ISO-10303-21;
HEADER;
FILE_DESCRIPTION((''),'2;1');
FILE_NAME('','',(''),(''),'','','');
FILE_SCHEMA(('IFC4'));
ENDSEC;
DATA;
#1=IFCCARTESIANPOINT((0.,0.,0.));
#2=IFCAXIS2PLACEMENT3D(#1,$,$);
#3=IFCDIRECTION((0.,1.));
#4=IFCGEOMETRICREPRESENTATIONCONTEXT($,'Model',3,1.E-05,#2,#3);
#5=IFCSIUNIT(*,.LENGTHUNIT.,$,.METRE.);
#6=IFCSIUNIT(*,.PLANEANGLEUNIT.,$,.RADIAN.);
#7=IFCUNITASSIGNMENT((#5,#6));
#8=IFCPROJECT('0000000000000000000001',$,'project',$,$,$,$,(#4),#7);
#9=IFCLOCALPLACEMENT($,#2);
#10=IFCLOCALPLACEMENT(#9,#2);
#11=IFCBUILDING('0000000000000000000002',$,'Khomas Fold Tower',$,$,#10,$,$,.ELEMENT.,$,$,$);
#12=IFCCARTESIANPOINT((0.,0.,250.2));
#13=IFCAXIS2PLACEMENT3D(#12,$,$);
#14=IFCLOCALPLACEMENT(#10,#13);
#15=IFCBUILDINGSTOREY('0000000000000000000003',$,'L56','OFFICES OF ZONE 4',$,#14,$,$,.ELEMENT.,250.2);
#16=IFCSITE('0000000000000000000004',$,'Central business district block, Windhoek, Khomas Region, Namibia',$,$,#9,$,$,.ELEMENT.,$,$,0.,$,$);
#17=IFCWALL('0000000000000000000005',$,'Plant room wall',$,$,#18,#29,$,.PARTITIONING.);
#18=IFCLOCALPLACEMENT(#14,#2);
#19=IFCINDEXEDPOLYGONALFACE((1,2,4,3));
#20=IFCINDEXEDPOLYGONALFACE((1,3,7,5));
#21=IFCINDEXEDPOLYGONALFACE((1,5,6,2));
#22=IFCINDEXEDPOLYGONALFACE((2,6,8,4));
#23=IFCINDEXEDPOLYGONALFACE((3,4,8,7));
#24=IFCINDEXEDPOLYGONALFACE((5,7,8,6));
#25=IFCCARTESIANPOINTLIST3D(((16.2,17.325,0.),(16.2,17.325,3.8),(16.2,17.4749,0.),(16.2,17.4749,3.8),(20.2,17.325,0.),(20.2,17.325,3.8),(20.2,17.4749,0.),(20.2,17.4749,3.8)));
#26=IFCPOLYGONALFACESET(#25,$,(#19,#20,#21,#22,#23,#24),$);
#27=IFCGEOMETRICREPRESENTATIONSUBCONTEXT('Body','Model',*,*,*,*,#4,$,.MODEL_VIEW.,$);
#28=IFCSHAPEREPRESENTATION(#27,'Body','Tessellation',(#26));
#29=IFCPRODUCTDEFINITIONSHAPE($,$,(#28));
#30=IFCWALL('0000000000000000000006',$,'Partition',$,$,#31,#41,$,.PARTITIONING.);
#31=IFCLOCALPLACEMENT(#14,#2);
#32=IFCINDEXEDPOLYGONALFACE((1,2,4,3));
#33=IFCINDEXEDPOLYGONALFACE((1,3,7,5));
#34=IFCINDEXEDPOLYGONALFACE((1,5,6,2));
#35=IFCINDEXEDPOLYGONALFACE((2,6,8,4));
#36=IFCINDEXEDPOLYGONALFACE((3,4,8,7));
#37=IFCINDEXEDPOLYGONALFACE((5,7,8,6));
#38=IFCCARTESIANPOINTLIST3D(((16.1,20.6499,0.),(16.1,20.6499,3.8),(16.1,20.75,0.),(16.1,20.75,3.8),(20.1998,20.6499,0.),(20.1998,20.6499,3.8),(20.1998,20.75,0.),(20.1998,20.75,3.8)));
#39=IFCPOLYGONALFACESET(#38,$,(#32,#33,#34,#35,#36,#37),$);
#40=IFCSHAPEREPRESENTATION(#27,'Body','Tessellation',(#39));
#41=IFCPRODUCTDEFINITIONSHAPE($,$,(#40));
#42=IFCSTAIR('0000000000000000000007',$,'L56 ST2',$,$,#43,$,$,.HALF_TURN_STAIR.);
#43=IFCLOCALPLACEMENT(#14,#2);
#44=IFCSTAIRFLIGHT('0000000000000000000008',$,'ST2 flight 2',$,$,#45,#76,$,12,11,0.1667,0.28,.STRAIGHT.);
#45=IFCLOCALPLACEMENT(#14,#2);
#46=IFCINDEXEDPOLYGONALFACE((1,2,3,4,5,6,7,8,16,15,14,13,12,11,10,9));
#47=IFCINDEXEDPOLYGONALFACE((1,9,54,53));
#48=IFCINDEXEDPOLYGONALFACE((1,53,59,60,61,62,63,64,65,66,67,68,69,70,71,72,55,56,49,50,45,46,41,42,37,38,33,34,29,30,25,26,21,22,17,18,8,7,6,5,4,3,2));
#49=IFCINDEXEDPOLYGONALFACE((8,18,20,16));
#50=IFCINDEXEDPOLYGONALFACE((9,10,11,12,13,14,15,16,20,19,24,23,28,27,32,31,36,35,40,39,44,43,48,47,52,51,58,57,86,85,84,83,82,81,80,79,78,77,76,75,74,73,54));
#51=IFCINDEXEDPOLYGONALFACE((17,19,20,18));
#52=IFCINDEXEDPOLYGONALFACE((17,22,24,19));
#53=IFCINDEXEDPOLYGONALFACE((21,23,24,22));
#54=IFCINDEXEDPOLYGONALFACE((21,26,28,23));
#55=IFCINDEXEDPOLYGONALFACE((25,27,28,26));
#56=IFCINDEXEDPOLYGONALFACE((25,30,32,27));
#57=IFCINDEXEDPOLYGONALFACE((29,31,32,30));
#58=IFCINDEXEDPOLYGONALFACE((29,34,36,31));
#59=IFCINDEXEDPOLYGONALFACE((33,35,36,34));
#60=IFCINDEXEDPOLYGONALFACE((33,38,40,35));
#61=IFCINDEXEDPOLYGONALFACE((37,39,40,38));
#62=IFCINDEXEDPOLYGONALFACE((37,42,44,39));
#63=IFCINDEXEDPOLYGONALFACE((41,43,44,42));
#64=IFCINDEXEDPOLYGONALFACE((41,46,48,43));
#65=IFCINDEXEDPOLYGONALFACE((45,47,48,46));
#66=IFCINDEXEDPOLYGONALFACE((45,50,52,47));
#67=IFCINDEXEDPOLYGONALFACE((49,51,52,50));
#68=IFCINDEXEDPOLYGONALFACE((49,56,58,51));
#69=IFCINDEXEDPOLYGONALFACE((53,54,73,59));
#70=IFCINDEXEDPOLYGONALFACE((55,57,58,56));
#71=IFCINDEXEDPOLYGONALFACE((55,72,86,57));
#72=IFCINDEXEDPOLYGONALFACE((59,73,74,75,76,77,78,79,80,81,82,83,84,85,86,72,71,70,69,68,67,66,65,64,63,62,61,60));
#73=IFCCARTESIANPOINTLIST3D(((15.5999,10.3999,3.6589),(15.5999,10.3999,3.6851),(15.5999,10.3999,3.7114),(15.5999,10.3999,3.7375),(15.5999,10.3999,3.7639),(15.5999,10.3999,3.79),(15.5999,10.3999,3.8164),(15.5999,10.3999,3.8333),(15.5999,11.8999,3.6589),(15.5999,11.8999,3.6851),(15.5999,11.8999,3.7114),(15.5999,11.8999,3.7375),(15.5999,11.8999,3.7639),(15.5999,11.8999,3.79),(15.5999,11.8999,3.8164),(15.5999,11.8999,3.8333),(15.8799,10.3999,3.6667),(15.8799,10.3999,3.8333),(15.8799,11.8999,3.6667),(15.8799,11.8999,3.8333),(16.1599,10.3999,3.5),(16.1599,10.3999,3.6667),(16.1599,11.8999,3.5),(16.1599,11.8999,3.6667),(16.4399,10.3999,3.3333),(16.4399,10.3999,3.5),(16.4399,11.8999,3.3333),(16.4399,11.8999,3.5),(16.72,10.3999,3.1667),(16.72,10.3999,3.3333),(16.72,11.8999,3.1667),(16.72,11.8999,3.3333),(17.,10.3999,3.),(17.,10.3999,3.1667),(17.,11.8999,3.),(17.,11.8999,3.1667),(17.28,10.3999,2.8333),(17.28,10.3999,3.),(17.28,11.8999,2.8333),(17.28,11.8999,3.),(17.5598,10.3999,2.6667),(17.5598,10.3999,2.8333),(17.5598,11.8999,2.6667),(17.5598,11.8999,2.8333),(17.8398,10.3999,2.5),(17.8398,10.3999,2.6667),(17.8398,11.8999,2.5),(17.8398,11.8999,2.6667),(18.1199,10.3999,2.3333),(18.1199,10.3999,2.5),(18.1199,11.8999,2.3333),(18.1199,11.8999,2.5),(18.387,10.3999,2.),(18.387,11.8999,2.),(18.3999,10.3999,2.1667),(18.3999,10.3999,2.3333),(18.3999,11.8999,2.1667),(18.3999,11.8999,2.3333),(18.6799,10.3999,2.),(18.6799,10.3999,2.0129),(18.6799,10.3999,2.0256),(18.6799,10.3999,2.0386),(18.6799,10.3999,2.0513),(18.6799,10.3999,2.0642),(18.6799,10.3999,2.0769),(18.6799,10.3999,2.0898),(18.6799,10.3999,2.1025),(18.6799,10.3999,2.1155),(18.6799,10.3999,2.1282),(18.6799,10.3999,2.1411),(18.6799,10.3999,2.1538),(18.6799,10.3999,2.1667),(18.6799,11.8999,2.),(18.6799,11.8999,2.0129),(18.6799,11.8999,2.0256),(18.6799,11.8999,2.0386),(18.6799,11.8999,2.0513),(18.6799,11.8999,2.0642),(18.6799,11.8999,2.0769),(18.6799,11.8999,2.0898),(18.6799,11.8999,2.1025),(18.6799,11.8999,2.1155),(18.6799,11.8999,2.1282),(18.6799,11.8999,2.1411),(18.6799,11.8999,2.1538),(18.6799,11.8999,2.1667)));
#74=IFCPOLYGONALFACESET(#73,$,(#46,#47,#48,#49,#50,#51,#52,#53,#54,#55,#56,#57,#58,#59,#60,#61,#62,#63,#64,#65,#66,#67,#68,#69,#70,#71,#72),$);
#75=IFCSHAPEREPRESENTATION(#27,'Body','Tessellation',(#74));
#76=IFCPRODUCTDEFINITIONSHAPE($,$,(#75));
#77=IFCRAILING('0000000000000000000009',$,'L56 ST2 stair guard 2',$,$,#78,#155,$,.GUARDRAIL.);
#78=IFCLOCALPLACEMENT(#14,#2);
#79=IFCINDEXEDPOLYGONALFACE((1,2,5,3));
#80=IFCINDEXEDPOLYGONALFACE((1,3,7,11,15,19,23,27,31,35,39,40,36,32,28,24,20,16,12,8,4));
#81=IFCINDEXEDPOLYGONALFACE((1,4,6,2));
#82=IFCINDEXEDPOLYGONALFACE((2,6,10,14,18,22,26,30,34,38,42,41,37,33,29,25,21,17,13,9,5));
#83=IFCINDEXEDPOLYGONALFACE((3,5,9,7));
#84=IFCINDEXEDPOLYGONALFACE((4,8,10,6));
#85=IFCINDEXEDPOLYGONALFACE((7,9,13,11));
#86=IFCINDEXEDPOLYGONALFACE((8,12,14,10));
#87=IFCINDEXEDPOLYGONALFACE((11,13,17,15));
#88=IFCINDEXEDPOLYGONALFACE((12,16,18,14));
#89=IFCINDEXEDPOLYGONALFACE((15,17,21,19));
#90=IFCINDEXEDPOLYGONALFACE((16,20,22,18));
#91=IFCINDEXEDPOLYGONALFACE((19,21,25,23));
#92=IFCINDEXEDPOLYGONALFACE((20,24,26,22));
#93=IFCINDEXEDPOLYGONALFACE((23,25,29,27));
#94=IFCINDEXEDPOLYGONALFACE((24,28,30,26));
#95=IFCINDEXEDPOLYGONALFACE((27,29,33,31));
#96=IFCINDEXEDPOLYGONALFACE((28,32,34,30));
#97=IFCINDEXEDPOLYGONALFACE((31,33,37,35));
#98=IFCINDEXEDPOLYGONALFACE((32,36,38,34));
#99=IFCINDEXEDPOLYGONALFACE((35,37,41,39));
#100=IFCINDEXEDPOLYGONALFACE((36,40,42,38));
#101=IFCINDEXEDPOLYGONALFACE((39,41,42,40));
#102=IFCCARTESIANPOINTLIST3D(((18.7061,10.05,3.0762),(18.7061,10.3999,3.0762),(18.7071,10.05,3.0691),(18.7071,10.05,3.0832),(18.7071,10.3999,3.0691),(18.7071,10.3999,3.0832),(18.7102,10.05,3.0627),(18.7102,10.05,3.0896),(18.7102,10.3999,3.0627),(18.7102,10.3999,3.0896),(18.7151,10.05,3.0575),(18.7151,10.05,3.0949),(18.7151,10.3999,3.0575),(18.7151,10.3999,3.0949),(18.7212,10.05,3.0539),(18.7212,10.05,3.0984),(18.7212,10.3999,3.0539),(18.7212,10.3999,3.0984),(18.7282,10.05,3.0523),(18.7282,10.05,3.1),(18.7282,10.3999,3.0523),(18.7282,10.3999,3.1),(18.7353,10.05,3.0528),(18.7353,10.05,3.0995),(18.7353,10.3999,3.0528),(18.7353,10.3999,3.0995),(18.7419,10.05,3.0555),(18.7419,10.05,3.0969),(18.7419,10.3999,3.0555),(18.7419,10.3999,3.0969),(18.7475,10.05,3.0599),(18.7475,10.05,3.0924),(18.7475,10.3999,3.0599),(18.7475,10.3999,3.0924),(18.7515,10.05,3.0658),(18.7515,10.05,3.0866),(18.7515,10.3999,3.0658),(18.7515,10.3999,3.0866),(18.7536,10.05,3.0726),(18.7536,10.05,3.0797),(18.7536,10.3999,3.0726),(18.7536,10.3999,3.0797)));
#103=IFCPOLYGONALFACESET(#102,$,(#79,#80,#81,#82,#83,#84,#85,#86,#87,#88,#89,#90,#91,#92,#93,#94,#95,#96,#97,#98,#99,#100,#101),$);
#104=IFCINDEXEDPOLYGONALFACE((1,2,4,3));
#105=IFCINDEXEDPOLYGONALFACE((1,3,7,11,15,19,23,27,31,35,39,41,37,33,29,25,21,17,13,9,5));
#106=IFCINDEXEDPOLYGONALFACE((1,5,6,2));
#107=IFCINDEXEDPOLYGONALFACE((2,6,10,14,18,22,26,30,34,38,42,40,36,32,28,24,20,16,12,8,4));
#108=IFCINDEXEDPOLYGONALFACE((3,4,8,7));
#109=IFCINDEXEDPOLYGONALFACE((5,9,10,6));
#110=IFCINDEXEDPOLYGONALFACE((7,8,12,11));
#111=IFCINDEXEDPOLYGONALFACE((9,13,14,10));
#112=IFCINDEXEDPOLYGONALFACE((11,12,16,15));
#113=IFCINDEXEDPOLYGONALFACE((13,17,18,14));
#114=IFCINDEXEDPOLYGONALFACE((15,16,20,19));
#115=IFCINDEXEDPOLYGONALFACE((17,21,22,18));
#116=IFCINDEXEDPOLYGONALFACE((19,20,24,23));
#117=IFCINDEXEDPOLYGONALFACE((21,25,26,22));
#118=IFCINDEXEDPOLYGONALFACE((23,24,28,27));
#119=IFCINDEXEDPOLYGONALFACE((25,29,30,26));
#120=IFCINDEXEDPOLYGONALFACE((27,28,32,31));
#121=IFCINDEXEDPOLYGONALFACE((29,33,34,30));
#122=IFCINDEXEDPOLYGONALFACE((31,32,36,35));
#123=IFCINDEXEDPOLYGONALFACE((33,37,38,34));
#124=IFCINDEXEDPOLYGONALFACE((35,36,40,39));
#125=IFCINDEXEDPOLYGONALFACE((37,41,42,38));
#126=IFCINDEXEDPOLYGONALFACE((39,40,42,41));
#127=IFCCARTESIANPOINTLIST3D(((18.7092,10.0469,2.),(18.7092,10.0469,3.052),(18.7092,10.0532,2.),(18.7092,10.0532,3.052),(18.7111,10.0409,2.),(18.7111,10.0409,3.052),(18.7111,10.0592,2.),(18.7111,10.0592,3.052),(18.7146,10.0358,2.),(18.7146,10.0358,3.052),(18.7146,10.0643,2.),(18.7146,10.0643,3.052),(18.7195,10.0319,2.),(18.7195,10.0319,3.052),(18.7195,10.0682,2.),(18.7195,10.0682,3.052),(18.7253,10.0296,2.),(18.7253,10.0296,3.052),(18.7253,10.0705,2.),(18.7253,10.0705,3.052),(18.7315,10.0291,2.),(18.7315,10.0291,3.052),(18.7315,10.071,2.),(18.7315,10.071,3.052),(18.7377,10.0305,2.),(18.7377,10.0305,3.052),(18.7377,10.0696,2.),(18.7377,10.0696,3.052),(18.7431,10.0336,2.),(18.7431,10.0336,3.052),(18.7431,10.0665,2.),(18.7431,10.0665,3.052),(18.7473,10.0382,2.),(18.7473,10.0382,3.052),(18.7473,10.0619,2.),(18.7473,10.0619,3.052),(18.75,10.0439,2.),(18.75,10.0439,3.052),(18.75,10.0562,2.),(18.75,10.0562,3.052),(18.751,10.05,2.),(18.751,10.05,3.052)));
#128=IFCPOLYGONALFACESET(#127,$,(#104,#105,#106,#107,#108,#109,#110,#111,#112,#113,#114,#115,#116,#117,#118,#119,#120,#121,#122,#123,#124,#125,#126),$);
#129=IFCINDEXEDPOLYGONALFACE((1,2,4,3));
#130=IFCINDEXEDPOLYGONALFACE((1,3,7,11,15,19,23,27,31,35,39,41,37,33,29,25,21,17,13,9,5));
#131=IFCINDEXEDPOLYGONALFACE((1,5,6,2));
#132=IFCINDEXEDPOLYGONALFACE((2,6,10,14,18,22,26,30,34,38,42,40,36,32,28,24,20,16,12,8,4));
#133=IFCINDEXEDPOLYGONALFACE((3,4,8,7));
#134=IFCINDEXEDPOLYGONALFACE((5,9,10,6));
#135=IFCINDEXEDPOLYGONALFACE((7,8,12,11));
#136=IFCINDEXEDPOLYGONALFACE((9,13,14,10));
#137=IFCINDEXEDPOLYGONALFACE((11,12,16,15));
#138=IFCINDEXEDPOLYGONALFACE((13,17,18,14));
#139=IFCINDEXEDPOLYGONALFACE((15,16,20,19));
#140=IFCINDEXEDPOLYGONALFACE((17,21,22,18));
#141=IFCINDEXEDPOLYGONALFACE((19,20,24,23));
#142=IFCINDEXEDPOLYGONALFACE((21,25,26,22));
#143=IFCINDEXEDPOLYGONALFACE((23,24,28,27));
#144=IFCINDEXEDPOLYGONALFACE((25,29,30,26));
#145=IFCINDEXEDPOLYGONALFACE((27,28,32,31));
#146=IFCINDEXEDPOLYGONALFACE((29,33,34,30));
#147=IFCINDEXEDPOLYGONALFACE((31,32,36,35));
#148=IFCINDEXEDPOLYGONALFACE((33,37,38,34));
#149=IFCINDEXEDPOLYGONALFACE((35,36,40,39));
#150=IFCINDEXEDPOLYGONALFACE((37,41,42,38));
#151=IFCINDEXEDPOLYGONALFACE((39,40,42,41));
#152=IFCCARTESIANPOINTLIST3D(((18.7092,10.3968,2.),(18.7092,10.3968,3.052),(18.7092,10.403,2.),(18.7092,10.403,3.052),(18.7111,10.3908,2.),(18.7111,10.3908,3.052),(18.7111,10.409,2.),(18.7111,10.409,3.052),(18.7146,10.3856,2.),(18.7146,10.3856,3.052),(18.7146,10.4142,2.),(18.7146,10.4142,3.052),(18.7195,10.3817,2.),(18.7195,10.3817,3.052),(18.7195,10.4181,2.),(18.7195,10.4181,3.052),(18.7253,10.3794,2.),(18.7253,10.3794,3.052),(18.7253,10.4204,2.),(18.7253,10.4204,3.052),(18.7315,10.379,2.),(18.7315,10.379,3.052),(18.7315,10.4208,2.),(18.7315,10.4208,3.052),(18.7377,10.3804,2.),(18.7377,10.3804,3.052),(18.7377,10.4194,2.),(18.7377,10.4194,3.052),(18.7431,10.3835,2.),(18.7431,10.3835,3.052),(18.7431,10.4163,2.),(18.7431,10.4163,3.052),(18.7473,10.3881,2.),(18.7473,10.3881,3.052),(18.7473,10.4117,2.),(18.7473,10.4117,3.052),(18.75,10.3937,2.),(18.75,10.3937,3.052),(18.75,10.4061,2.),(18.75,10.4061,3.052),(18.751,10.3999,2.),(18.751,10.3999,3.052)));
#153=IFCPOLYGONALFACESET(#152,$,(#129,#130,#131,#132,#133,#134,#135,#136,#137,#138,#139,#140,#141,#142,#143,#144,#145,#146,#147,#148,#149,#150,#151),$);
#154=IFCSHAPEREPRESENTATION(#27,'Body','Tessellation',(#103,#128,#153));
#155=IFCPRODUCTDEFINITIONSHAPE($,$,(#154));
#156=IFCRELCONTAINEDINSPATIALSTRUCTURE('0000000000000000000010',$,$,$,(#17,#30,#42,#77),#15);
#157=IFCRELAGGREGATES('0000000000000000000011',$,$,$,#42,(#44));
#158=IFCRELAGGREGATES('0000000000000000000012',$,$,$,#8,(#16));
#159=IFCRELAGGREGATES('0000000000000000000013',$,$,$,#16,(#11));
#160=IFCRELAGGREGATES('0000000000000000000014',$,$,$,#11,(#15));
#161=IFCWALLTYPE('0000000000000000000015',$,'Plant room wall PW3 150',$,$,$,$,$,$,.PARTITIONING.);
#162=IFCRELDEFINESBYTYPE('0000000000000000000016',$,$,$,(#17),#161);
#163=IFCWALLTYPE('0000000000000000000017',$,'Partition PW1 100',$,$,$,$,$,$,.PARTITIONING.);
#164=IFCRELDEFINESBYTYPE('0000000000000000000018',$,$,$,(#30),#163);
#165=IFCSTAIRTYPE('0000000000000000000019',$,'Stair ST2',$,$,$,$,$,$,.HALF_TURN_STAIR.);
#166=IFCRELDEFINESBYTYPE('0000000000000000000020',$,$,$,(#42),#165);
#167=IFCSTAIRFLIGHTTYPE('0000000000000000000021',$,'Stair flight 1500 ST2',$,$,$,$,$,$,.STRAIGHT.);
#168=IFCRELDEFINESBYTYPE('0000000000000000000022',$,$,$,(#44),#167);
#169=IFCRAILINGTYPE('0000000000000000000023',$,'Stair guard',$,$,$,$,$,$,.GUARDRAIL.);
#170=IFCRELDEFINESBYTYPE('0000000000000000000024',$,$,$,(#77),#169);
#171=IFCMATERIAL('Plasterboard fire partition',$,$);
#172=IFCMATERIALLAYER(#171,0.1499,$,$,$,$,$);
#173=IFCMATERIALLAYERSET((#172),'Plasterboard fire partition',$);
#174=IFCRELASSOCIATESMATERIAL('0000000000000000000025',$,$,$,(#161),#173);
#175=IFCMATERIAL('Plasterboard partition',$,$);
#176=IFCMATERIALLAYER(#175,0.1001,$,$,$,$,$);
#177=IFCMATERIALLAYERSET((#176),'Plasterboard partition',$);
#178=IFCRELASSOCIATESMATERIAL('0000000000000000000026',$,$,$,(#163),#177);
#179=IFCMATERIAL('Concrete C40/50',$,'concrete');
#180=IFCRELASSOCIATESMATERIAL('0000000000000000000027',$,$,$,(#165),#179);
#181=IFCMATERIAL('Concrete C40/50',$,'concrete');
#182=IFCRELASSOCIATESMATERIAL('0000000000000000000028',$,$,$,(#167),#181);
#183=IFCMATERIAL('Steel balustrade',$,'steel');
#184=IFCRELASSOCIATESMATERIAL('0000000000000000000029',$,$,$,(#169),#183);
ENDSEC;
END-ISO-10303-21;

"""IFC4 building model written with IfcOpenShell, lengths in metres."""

from ifc_helpers import new_model, si_unit, direction, frame, frame_2d, origin, origin_2d, place, context, subcontext, project, spatial, polyline, rectangle, circle, outline, extrude, source, transform, mapped, material, layer, layer_set, type_object, element, aggregate, save


model = new_model("IFC4")

# Units and contexts
model_context = context("Model", 3, precision=1e-05, world=origin(), true_north=direction((0.0, 1.0)))
body_context = subcontext(model_context, "Body", "Model", "MODEL_VIEW")
ifc_project = project(units=[si_unit("LENGTHUNIT", "METRE"), si_unit("PLANEANGLEUNIT", "RADIAN")], contexts=[model_context])

# Site, building, storey
site_placement = place(None, origin())
site = spatial("IfcSite", under=ifc_project, at=site_placement, Name="Central business district block, Windhoek, Khomas Region, Namibia", CompositionType="ELEMENT", RefElevation=0.0)
building_placement = place(site_placement, origin())
building = spatial("IfcBuilding", under=site, at=building_placement, Name="Khomas Fold Tower", CompositionType="ELEMENT")
storey_placement = place(building_placement, frame((0.0, 0.0, 250.2)))
storey = spatial("IfcBuildingStorey", under=building, at=storey_placement, Name="L56", Description="OFFICES OF ZONE 4", CompositionType="ELEMENT", Elevation=250.2)

# Walls
ifc_material_1 = material(Name="Plasterboard fire partition")
ifc_layer_1 = layer(ifc_material_1, 0.1499)
ifc_layer_set_1 = layer_set([ifc_layer_1], Name="Plasterboard fire partition")
wall_type_1 = type_object("IfcWallType", Name="Plant room wall PW3 150", PredefinedType="PARTITIONING", material=ifc_layer_set_1)
shared_shape_1 = source(origin(), body_context, "Body", "SweptSolid", [
    extrude(rectangle(XDim=4.0, YDim=0.1499, at=frame_2d((2.0, 0.0))), origin(), (0.0, 0.0, 1.0), 3.8),
])
wall_1_placement = place(storey_placement, frame((16.2, 17.3999, 0.0), z_axis=(0.0, 0.0, 1.0), x_axis=(1.0, 0.0, 0.0)))
element("IfcWall", 1, at=wall_1_placement, inside=storey, type_object=wall_type_1, Name="Plant room wall", PredefinedType="PARTITIONING", context=body_context, shape_type="MappedRepresentation", body=[
    mapped(shared_shape_1, transform((0.0, 0.0, 0.0))),
])
ifc_material_2 = material(Name="Plasterboard partition")
ifc_layer_2 = layer(ifc_material_2, 0.1001)
ifc_layer_set_2 = layer_set([ifc_layer_2], Name="Plasterboard partition")
wall_type_2 = type_object("IfcWallType", Name="Partition PW1 100", PredefinedType="PARTITIONING", material=ifc_layer_set_2)
shared_shape_2 = source(origin(), body_context, "Body", "SweptSolid", [
    extrude(rectangle(XDim=4.0999, YDim=0.1001, at=frame_2d((2.0498, 0.0))), origin(), (0.0, 0.0, 1.0), 3.8),
])
wall_2_placement = place(storey_placement, frame((16.1001, 20.7, 0.0), z_axis=(0.0, 0.0, 1.0), x_axis=(1.0, 0.0, 0.0)))
element("IfcWall", 2, at=wall_2_placement, inside=storey, type_object=wall_type_2, Name="Partition", PredefinedType="PARTITIONING", context=body_context, shape_type="MappedRepresentation", body=[
    mapped(shared_shape_2, transform((0.0, 0.0, 0.0))),
])

# Stair, stair flight
ifc_material_3 = material(Name="Concrete C40/50", Category="concrete")
stair_type = type_object("IfcStairType", Name="Stair ST2", PredefinedType="HALF_TURN_STAIR", material=ifc_material_3)
stair_placement = place(storey_placement, origin())
stair = element("IfcStair", 3, at=stair_placement, inside=storey, type_object=stair_type, Name="L56 ST2", PredefinedType="HALF_TURN_STAIR")
ifc_material_4 = material(Name="Concrete C40/50", Category="concrete")
stair_flight_type = type_object("IfcStairFlightType", Name="Stair flight 1500 ST2", PredefinedType="STRAIGHT", material=ifc_material_4)
shared_shape_3 = source(origin(), body_context, "Body", "SweptSolid", [
    extrude(outline(polyline([(0.0, 0.0), (0.0, 0.0129), (0.0, 0.0256), (0.0, 0.0386), (0.0, 0.0513), (0.0, 0.0642), (0.0, 0.0769), (0.0, 0.0898), (0.0, 0.1025), (0.0, 0.1155), (0.0, 0.1282), (0.0, 0.1411), (0.0, 0.1538), (0.0, 0.1667), (0.28, 0.1667), (0.28, 0.3333), (0.5601, 0.3333), (0.5601, 0.5), (0.8401, 0.5), (0.8401, 0.6667), (1.1201, 0.6667), (1.1201, 0.8333), (1.3999, 0.8333), (1.3999, 1.0), (1.6799, 1.0), (1.6799, 1.1667), (1.96, 1.1667), (1.96, 1.3333), (2.24, 1.3333), (2.24, 1.5), (2.52, 1.5), (2.52, 1.6667), (2.8, 1.6667), (2.8, 1.8333), (3.0801, 1.8333), (3.0801, 2.0), (3.0801, 1.9739), (3.0801, 1.9475), (3.0801, 1.9214), (3.0801, 1.895), (3.0801, 1.8689), (3.0801, 1.8425), (3.0801, 1.8164), (3.0801, 1.79), (3.0801, 1.7639), (3.0801, 1.7375), (3.0801, 1.7114), (3.0801, 1.6851), (3.0801, 1.6589), (0.293, 0.0), (0.0, 0.0)])), frame((0.0, 0.75, 0.0), z_axis=(0.0, -1.0, 0.0), x_axis=(1.0, 0.0, 0.0)), (0.0, 0.0, 1.0), 1.5),
])
stair_flight_placement = place(storey_placement, frame((18.6799, 11.1499, 2.0), z_axis=(0.0, 0.0, 1.0), x_axis=(-1.0, 0.0, 0.0)))
stair_flight = element("IfcStairFlight", 4, at=stair_flight_placement, type_object=stair_flight_type, Name="ST2 flight 2", NumberOfRisers=12, NumberOfTreads=11, PredefinedType="STRAIGHT", RiserHeight=0.1667, TreadLength=0.28, context=body_context, shape_type="MappedRepresentation", body=[
    mapped(shared_shape_3, transform((0.0, 0.0, 0.0))),
])
aggregate(stair, [stair_flight])

# Railing
ifc_material_5 = material(Name="Steel balustrade", Category="steel")
railing_type_1 = type_object("IfcRailingType", Name="Stair guard", PredefinedType="GUARDRAIL", material=ifc_material_5)
shared_shape_4 = source(origin(), body_context, "Body", "SweptSolid", [
    extrude(circle(Radius=0.0239, at=origin_2d()), frame((0.0, 0.0, 1.0762), z_axis=(0.0, 1.0, 0.0), x_axis=(-1.0, 0.0, 0.0)), (0.0, 0.0, 1.0), 0.3499),
    extrude(circle(Radius=0.021, at=origin_2d()), origin(), (0.0, 0.0, 1.0), 1.052),
    extrude(circle(Radius=0.021, at=origin_2d()), frame((0.0, 0.3499, 0.0)), (0.0, 0.0, 1.0), 1.052),
])
for number, where, name in (
    (5, (18.73, 10.05, 2.0), "L56 ST2 stair guard 2"),
):
    element("IfcRailing", number, at=place(storey_placement, frame(where)), inside=storey, type_object=railing_type_1, Name=name, PredefinedType="GUARDRAIL", context=body_context, shape_type="MappedRepresentation", body=[
        mapped(shared_shape_4, transform((0.0, 0.0, 0.0))),
    ])

save(model, "model.ifc")
